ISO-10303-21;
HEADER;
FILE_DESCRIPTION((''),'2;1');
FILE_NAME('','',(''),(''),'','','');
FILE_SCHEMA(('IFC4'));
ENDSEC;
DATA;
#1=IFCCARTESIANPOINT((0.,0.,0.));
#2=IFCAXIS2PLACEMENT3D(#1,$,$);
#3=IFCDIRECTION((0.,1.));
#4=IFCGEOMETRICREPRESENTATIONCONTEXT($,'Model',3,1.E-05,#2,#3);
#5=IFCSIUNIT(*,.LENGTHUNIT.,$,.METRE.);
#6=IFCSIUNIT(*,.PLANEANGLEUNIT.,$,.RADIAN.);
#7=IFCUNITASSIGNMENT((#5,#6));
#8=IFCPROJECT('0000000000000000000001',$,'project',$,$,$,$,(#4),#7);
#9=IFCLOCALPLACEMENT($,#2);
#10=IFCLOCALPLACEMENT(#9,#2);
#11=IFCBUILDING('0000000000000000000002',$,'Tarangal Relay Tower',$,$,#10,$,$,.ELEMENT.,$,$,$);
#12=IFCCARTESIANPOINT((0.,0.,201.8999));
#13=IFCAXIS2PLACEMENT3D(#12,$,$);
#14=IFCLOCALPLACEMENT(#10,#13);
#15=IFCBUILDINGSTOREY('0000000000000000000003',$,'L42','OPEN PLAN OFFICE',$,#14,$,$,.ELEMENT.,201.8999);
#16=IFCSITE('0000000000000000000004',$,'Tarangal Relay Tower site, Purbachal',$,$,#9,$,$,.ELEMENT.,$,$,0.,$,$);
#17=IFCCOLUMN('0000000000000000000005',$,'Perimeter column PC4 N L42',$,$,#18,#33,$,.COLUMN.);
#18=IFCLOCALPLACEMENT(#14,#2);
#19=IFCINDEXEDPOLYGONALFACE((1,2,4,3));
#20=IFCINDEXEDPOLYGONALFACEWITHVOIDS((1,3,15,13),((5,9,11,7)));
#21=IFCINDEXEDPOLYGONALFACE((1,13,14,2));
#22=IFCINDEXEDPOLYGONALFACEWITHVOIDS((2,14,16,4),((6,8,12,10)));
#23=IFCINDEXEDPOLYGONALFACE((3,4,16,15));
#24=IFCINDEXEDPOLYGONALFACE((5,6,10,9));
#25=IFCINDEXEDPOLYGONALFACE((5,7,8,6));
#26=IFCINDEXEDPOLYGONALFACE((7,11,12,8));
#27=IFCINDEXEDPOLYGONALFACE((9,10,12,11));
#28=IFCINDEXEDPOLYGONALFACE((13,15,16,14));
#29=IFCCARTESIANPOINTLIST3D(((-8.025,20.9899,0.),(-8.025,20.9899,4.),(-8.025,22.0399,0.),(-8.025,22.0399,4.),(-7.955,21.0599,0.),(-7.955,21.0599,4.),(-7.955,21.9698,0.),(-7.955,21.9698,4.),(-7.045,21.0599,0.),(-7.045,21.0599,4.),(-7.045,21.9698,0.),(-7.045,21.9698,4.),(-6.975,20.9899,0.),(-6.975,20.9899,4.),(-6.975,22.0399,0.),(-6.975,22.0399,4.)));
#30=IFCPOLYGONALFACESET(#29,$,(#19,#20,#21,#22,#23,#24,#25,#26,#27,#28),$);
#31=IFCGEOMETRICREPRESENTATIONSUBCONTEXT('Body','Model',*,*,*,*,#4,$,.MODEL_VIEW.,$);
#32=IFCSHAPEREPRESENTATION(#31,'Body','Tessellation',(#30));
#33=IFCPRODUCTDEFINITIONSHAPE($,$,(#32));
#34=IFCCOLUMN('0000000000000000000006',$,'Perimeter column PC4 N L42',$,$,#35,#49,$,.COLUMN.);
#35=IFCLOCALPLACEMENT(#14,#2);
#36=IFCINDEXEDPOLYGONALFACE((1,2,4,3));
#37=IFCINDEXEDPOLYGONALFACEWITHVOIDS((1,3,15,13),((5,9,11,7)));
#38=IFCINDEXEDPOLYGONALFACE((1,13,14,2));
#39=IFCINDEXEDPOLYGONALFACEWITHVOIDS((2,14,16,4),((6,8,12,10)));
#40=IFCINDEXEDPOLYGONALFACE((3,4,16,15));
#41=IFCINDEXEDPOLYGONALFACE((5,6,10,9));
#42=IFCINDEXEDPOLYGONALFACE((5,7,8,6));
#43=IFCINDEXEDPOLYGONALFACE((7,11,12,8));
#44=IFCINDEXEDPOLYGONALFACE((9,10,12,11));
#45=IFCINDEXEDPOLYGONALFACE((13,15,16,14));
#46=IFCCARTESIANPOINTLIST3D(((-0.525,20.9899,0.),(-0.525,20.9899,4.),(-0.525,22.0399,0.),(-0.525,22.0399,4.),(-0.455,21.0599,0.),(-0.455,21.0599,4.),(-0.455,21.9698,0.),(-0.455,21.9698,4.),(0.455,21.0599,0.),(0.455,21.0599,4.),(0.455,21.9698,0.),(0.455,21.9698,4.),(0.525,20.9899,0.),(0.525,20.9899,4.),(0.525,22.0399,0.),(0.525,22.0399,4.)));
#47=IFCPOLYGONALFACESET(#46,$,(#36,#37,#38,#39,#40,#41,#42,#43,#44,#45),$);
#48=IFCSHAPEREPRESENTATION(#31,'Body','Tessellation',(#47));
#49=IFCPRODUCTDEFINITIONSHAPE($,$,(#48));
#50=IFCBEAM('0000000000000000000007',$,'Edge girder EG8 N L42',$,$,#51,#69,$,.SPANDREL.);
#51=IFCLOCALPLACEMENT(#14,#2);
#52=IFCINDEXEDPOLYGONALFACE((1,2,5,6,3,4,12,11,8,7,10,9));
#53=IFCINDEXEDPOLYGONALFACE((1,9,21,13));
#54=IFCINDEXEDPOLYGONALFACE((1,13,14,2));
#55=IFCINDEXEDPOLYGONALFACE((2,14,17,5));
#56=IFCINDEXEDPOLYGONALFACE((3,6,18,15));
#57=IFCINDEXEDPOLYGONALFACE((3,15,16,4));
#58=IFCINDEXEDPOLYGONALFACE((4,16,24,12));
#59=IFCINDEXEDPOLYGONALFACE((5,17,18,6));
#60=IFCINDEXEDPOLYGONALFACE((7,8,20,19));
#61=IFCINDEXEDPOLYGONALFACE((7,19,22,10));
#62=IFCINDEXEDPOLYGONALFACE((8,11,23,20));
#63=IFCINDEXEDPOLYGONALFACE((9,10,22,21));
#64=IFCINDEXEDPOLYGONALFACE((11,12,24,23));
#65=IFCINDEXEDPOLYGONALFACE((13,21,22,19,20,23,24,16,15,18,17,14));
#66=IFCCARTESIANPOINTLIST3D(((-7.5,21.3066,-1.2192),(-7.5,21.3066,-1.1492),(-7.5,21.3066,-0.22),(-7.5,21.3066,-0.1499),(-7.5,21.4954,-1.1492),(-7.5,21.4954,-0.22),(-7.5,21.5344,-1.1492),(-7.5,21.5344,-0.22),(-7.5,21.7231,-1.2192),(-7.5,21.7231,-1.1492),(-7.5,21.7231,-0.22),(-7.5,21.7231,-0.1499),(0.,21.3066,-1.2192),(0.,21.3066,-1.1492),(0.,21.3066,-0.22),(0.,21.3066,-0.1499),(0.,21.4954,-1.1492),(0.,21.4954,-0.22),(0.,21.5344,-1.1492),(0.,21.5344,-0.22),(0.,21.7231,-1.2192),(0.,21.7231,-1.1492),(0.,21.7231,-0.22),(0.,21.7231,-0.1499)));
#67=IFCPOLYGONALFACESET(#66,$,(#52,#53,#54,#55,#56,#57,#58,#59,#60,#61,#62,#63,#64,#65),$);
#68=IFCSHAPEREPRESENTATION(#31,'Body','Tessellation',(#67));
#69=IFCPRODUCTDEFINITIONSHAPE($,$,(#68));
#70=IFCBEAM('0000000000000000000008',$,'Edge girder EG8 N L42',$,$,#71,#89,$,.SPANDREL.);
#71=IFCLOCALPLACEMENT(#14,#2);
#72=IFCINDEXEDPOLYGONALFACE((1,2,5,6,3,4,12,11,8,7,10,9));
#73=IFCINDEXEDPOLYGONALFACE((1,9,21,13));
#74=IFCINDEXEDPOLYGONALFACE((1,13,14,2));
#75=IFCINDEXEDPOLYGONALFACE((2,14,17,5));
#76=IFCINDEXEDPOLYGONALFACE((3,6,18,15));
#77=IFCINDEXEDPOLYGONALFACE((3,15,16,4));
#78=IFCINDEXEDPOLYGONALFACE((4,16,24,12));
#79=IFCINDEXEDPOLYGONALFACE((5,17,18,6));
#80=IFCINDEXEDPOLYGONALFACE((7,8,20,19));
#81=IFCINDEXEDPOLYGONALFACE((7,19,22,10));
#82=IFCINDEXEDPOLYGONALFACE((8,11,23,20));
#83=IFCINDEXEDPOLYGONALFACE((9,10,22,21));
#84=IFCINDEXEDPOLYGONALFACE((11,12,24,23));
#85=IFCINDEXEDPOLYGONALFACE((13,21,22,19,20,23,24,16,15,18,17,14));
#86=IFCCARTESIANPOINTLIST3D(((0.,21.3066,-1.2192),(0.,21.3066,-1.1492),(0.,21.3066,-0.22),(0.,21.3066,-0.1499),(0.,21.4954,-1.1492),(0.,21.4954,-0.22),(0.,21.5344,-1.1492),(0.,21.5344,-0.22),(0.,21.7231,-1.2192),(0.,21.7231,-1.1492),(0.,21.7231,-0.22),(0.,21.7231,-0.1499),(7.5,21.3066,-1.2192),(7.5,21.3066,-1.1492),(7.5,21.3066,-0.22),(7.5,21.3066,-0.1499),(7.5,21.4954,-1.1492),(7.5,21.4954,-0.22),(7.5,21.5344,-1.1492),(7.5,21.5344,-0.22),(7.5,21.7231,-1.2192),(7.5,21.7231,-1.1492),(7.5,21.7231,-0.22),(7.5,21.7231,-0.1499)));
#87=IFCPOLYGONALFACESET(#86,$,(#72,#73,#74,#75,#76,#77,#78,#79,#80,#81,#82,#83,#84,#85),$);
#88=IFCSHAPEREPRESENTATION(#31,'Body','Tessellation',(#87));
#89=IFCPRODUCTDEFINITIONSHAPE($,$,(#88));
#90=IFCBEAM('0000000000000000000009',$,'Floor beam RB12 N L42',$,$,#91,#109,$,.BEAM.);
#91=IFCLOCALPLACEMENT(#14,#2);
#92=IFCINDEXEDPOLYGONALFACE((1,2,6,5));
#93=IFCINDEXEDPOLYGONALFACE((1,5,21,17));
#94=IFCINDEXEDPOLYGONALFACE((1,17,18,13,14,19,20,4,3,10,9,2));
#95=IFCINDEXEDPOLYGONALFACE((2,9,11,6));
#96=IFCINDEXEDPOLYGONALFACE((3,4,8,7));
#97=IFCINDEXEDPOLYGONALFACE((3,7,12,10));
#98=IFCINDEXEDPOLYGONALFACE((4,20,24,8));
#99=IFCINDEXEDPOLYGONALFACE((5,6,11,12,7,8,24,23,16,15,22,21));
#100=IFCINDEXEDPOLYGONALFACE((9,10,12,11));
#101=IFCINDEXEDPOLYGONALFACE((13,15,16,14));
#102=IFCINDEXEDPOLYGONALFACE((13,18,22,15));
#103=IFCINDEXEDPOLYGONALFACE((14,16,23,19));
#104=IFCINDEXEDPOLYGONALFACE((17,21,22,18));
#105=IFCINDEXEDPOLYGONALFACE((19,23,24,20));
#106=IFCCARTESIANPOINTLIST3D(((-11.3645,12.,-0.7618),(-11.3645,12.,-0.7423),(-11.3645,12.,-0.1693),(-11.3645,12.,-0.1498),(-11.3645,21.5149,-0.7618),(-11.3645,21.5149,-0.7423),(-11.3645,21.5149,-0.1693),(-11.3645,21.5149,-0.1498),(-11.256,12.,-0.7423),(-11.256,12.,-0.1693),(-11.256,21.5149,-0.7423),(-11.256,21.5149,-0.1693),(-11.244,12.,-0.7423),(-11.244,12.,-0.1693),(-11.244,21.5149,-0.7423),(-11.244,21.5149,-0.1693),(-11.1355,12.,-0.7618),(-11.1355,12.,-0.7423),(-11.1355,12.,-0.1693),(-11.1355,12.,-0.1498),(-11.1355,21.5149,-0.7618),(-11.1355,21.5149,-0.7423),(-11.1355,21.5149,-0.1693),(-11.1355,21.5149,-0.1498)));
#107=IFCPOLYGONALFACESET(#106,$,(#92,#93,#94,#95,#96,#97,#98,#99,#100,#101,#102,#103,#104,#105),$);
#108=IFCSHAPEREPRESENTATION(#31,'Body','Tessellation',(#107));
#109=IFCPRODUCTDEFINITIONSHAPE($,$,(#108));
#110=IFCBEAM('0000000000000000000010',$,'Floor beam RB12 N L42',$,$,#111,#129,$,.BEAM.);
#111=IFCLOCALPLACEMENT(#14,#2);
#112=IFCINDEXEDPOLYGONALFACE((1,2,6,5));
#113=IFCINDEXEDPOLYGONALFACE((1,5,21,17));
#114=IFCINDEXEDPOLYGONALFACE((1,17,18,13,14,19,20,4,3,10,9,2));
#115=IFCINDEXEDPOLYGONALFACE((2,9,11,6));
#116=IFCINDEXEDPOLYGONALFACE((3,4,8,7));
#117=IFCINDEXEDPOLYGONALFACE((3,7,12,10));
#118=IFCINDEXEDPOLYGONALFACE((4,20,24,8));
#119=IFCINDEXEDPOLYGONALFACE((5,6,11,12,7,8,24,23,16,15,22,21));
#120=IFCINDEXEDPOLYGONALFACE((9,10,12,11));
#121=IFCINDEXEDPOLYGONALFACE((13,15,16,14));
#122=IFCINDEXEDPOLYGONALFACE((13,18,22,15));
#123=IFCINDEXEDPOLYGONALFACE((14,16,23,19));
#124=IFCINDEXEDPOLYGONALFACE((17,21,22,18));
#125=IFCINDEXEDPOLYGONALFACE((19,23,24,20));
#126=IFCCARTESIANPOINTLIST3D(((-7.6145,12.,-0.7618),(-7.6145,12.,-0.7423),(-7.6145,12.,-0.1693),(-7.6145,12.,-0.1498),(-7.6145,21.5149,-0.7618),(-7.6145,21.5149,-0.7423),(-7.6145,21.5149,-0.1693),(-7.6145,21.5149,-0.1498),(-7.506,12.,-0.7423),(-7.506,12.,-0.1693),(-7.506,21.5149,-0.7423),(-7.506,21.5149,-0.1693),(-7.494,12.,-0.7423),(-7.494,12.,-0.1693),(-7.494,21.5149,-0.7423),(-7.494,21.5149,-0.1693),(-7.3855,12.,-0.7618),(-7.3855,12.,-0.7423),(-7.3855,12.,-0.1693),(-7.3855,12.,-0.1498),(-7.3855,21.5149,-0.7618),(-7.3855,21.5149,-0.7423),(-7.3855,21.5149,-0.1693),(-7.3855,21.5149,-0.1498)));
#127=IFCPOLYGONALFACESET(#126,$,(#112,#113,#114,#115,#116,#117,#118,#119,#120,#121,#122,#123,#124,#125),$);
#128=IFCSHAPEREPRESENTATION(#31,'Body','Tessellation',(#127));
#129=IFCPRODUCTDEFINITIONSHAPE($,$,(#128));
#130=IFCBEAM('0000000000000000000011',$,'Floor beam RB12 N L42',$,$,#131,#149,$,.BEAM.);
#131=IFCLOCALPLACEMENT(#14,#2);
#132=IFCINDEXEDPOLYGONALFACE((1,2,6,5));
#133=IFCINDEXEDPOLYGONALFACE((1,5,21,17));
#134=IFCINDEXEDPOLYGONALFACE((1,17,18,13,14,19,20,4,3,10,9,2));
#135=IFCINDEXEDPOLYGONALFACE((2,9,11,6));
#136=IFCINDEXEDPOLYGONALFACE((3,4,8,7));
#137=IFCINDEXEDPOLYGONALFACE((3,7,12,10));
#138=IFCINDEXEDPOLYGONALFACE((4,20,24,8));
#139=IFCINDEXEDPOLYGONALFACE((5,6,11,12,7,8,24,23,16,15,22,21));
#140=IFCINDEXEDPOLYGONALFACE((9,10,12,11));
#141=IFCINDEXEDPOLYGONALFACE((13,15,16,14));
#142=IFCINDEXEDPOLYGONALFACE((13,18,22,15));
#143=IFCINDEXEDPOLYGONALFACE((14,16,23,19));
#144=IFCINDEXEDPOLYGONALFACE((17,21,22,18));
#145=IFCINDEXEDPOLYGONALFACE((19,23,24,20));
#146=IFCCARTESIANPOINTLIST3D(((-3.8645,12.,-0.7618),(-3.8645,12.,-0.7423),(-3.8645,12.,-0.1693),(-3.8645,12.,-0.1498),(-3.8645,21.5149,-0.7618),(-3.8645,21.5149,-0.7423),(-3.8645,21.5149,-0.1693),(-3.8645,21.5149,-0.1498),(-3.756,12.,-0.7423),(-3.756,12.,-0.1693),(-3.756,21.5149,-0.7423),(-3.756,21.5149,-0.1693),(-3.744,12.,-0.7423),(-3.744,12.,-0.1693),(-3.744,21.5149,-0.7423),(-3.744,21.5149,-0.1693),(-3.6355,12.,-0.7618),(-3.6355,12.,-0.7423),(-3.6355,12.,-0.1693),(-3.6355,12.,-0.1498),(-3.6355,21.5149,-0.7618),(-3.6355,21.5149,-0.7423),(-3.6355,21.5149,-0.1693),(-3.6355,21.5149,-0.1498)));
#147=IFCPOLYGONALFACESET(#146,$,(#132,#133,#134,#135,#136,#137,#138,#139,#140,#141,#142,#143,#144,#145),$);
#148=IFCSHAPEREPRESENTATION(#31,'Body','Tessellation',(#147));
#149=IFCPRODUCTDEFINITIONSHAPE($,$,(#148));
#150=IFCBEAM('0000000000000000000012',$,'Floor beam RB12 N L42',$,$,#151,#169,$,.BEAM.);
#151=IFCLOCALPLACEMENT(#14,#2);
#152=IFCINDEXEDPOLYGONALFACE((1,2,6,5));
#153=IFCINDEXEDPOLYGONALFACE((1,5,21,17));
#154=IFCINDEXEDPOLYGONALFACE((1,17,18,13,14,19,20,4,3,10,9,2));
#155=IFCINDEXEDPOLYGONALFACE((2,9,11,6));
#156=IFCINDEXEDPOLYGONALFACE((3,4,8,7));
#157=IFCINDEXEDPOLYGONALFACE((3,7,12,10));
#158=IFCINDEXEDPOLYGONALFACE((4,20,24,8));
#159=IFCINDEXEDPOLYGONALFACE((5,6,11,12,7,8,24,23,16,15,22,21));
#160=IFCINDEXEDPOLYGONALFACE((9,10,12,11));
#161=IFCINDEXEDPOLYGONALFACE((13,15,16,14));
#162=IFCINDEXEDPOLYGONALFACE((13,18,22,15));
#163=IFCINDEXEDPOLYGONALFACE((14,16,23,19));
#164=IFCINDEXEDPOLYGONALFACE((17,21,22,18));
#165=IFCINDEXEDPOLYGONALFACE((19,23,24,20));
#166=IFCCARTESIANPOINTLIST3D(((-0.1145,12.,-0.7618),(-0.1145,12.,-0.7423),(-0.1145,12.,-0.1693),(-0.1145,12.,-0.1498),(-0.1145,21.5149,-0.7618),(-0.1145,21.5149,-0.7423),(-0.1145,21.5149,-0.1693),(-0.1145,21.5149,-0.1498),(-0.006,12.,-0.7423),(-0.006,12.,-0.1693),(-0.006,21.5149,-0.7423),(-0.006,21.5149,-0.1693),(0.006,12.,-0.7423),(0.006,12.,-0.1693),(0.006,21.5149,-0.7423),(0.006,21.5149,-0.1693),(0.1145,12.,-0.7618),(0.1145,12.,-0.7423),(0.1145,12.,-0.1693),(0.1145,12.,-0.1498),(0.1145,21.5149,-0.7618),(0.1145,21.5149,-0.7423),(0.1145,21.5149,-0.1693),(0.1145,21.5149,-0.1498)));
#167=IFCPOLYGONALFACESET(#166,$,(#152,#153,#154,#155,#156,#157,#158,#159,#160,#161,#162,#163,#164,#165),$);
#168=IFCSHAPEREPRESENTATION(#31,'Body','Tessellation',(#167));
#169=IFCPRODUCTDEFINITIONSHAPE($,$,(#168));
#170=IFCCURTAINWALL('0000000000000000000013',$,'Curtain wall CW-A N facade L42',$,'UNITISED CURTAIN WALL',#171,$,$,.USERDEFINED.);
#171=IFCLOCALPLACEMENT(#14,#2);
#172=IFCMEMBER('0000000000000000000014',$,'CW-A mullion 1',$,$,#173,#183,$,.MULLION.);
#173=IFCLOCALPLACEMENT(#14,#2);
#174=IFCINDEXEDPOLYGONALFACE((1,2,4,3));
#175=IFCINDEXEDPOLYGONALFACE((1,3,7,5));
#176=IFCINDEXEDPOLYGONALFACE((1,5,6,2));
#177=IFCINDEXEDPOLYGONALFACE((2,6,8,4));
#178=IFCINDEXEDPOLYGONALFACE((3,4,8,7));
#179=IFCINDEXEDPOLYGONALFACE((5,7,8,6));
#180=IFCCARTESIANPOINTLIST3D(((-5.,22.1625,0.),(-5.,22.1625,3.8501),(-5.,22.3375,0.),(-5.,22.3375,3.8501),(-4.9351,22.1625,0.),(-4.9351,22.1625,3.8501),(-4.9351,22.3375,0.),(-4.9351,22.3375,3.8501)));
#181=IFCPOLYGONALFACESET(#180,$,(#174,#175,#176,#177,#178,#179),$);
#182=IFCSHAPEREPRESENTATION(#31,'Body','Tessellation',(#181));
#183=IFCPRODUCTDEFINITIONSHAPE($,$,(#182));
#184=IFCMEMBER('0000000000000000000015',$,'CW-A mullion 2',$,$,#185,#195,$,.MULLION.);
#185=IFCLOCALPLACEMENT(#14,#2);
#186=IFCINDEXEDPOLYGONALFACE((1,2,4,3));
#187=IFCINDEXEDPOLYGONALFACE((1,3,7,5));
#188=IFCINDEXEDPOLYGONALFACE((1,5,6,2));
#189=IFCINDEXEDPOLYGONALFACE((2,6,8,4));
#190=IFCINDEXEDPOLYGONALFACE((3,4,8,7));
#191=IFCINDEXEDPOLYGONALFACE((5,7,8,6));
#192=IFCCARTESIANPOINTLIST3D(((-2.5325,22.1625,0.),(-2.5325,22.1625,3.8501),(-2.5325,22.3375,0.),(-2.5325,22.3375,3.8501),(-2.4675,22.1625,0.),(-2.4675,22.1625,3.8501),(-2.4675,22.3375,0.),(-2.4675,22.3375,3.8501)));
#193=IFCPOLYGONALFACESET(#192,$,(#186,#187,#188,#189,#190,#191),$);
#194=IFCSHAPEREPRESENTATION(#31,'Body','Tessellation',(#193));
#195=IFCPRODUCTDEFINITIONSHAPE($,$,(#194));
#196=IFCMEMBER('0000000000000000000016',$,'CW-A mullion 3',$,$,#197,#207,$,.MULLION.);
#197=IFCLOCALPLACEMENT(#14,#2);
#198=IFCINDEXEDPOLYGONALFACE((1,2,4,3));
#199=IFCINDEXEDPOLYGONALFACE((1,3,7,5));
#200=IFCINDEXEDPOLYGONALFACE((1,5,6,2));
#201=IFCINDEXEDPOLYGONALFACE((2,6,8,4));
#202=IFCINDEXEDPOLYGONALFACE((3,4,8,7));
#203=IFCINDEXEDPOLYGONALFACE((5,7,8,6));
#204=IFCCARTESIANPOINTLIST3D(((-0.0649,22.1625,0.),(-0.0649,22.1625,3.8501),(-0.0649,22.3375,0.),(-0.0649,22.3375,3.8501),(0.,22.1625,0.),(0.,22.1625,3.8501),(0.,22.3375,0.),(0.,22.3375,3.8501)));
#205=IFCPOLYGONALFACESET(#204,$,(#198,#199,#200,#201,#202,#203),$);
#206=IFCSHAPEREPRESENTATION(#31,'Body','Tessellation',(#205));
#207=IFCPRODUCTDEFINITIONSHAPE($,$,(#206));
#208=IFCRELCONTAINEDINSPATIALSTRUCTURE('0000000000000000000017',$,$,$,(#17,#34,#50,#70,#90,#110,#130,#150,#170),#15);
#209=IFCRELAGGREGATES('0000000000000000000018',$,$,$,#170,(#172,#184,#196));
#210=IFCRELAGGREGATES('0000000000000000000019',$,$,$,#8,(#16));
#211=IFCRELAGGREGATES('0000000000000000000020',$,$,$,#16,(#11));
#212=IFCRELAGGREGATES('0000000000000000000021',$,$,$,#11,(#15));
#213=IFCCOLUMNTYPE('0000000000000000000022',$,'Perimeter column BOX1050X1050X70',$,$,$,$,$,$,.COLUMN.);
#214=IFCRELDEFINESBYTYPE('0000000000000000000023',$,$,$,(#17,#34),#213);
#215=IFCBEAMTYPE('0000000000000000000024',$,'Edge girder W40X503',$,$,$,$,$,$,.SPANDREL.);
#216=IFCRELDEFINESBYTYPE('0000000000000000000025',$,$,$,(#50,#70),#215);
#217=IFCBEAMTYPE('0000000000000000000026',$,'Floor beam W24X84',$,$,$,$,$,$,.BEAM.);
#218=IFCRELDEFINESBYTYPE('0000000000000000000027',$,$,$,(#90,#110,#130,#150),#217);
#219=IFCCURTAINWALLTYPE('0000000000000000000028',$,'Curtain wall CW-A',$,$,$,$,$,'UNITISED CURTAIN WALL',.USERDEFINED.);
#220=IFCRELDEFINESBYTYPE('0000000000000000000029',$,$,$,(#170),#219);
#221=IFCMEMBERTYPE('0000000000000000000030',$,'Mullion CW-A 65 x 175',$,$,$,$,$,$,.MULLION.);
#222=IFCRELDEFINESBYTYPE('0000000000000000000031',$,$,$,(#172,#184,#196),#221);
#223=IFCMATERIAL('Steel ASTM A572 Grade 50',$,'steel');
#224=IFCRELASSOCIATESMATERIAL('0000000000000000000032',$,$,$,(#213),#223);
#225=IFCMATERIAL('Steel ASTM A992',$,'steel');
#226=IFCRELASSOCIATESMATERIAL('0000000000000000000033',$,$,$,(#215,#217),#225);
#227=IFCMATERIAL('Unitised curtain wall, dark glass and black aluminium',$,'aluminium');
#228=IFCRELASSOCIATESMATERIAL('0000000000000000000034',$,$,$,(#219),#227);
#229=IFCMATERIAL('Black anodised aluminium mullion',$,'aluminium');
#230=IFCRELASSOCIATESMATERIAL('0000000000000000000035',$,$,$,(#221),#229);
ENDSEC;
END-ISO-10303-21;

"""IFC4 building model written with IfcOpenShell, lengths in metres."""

from ifc_helpers import new_model, si_unit, direction, frame, origin, origin_2d, place, context, subcontext, project, spatial, rectangle, hollow_rectangle, i_section, extrude, material, material_profile, profile_set, type_object, element, aggregate, save


model = new_model("IFC4")

# Units and contexts
model_context = context("Model", 3, precision=1e-05, world=origin(), true_north=direction((0.0, 1.0)))
body_context = subcontext(model_context, "Body", "Model", "MODEL_VIEW")
ifc_project = project(units=[si_unit("LENGTHUNIT", "METRE"), si_unit("PLANEANGLEUNIT", "RADIAN")], contexts=[model_context])

# Site, building, storey
site_placement = place(None, origin())
site = spatial("IfcSite", under=ifc_project, at=site_placement, Name="Tarangal Relay Tower site, Purbachal", CompositionType="ELEMENT", RefElevation=0.0)
building_placement = place(site_placement, origin())
building = spatial("IfcBuilding", under=site, at=building_placement, Name="Tarangal Relay Tower", CompositionType="ELEMENT")
storey_placement = place(building_placement, frame((0.0, 0.0, 201.8999)))
storey = spatial("IfcBuildingStorey", under=building, at=storey_placement, Name="L42", Description="OPEN PLAN OFFICE", CompositionType="ELEMENT", Elevation=201.8999)

# Columns
ifc_material_1 = material(Name="Steel ASTM A572 Grade 50", Category="steel")
ifc_material_profile_1 = material_profile(ifc_material_1, hollow_rectangle(XDim=1.05, YDim=1.05, WallThickness=0.0701, at=origin_2d()), Name="BOX1050X1050X70")
ifc_profile_set_1 = profile_set([ifc_material_profile_1], Name="Steel ASTM A572 Grade 50")
column_type = type_object("IfcColumnType", Name="Perimeter column BOX1050X1050X70", PredefinedType="COLUMN", material=ifc_profile_set_1)
for number, where, z_axis, x_axis, name in (
    (1, (-7.5, 21.5149, 0.0), (0.0, 0.0, 1.0), (1.0, 0.0, 0.0), "Perimeter column PC4 N L42"),
    (2, (0.0, 21.5149, 0.0), (0.0, 0.0, 1.0), (1.0, 0.0, 0.0), "Perimeter column PC4 N L42"),
):
    element("IfcColumn", number, at=place(storey_placement, frame(where, z_axis=z_axis, x_axis=x_axis)), inside=storey, type_object=column_type, Name=name, PredefinedType="COLUMN", context=body_context, shape_type="SweptSolid", body=[
        extrude(hollow_rectangle(XDim=1.05, YDim=1.05, WallThickness=0.0701, at=origin_2d()), origin(), (0.0, 0.0, 1.0), 4.0),
    ])

# Beams
ifc_material_2 = material(Name="Steel ASTM A992", Category="steel")
ifc_material_profile_2 = material_profile(ifc_material_2, i_section(OverallWidth=0.4165, OverallDepth=1.0693, WebThickness=0.0391, FlangeThickness=0.0701, at=origin_2d()), Name="W40X503")
ifc_profile_set_2 = profile_set([ifc_material_profile_2], Name="Steel ASTM A992")
beam_type_1 = type_object("IfcBeamType", Name="Edge girder W40X503", PredefinedType="SPANDREL", material=ifc_profile_set_2)
for number, where, z_axis, x_axis, name in (
    (3, (-7.5, 21.5149, -0.6846), (1.0, 0.0, 0.0), (0.0, 1.0, 0.0), "Edge girder EG8 N L42"),
    (4, (0.0, 21.5149, -0.6846), (1.0, 0.0, 0.0), (0.0, 1.0, 0.0), "Edge girder EG8 N L42"),
):
    element("IfcBeam", number, at=place(storey_placement, frame(where, z_axis=z_axis, x_axis=x_axis)), inside=storey, type_object=beam_type_1, Name=name, PredefinedType="SPANDREL", context=body_context, shape_type="SweptSolid", body=[
        extrude(i_section(OverallWidth=0.4165, OverallDepth=1.0693, WebThickness=0.0391, FlangeThickness=0.0701, at=origin_2d()), origin(), (0.0, 0.0, 1.0), 7.5),
    ])
ifc_material_profile_3 = material_profile(ifc_material_2, i_section(OverallWidth=0.229, OverallDepth=0.6121, WebThickness=0.012, FlangeThickness=0.0195, at=origin_2d()), Name="W24X84")
ifc_profile_set_3 = profile_set([ifc_material_profile_3], Name="Steel ASTM A992")
beam_type_2 = type_object("IfcBeamType", Name="Floor beam W24X84", PredefinedType="BEAM", material=ifc_profile_set_3)
for number, where, z_axis, x_axis, name in (
    (5, (-11.25, 12.0, -0.4558), (0.0, 1.0, 0.0), (-1.0, 0.0, 0.0), "Floor beam RB12 N L42"),
    (6, (-7.5, 12.0, -0.4558), (0.0, 1.0, 0.0), (-1.0, 0.0, 0.0), "Floor beam RB12 N L42"),
    (7, (-3.75, 12.0, -0.4558), (0.0, 1.0, 0.0), (-1.0, 0.0, 0.0), "Floor beam RB12 N L42"),
    (8, (0.0, 12.0, -0.4558), (0.0, 1.0, 0.0), (-1.0, 0.0, 0.0), "Floor beam RB12 N L42"),
):
    element("IfcBeam", number, at=place(storey_placement, frame(where, z_axis=z_axis, x_axis=x_axis)), inside=storey, type_object=beam_type_2, Name=name, PredefinedType="BEAM", context=body_context, shape_type="SweptSolid", body=[
        extrude(i_section(OverallWidth=0.229, OverallDepth=0.6121, WebThickness=0.012, FlangeThickness=0.0195, at=origin_2d()), origin(), (0.0, 0.0, 1.0), 9.5149),
    ])

# Curtain wall, members
ifc_material_3 = material(Name="Unitised curtain wall, dark glass and black aluminium", Category="aluminium")
curtain_wall_type_1 = type_object("IfcCurtainWallType", Name="Curtain wall CW-A", ElementType="UNITISED CURTAIN WALL", PredefinedType="USERDEFINED", material=ifc_material_3)
curtain_wall_1_placement = place(storey_placement, origin())
curtain_wall_1 = element("IfcCurtainWall", 9, at=curtain_wall_1_placement, inside=storey, type_object=curtain_wall_type_1, Name="Curtain wall CW-A N facade L42", ObjectType="UNITISED CURTAIN WALL", PredefinedType="USERDEFINED")
ifc_material_4 = material(Name="Black anodised aluminium mullion", Category="aluminium")
ifc_material_profile_4 = material_profile(ifc_material_4, rectangle(XDim=0.175, YDim=0.0649, at=origin_2d()), Name="CW-AM 65X175")
ifc_profile_set_4 = profile_set([ifc_material_profile_4], Name="Black anodised aluminium mullion")
member_type_1 = type_object("IfcMemberType", Name="Mullion CW-A 65 x 175", PredefinedType="MULLION", material=ifc_profile_set_4)
member_1_placement = place(storey_placement, frame((-4.9675, 22.25, 0.0), z_axis=(0.0, 0.0, 1.0), x_axis=(0.0, 1.0, 0.0)))
member_1 = element("IfcMember", 10, at=member_1_placement, type_object=member_type_1, Name="CW-A mullion 1", PredefinedType="MULLION", context=body_context, shape_type="SweptSolid", body=[
    extrude(rectangle(XDim=0.175, YDim=0.0649, at=origin_2d()), origin(), (0.0, 0.0, 1.0), 3.8501),
])
member_2_placement = place(storey_placement, frame((-2.5, 22.25, 0.0), z_axis=(0.0, 0.0, 1.0), x_axis=(0.0, 1.0, 0.0)))
member_2 = element("IfcMember", 11, at=member_2_placement, type_object=member_type_1, Name="CW-A mullion 2", PredefinedType="MULLION", context=body_context, shape_type="SweptSolid", body=[
    extrude(rectangle(XDim=0.175, YDim=0.0649, at=origin_2d()), origin(), (0.0, 0.0, 1.0), 3.8501),
])
member_3_placement = place(storey_placement, frame((-0.0325, 22.25, 0.0), z_axis=(0.0, 0.0, 1.0), x_axis=(0.0, 1.0, 0.0)))
member_3 = element("IfcMember", 12, at=member_3_placement, type_object=member_type_1, Name="CW-A mullion 3", PredefinedType="MULLION", context=body_context, shape_type="SweptSolid", body=[
    extrude(rectangle(XDim=0.175, YDim=0.0649, at=origin_2d()), origin(), (0.0, 0.0, 1.0), 3.8501),
])

aggregate(curtain_wall_1, [member_1, member_2, member_3])

save(model, "model.ifc")
